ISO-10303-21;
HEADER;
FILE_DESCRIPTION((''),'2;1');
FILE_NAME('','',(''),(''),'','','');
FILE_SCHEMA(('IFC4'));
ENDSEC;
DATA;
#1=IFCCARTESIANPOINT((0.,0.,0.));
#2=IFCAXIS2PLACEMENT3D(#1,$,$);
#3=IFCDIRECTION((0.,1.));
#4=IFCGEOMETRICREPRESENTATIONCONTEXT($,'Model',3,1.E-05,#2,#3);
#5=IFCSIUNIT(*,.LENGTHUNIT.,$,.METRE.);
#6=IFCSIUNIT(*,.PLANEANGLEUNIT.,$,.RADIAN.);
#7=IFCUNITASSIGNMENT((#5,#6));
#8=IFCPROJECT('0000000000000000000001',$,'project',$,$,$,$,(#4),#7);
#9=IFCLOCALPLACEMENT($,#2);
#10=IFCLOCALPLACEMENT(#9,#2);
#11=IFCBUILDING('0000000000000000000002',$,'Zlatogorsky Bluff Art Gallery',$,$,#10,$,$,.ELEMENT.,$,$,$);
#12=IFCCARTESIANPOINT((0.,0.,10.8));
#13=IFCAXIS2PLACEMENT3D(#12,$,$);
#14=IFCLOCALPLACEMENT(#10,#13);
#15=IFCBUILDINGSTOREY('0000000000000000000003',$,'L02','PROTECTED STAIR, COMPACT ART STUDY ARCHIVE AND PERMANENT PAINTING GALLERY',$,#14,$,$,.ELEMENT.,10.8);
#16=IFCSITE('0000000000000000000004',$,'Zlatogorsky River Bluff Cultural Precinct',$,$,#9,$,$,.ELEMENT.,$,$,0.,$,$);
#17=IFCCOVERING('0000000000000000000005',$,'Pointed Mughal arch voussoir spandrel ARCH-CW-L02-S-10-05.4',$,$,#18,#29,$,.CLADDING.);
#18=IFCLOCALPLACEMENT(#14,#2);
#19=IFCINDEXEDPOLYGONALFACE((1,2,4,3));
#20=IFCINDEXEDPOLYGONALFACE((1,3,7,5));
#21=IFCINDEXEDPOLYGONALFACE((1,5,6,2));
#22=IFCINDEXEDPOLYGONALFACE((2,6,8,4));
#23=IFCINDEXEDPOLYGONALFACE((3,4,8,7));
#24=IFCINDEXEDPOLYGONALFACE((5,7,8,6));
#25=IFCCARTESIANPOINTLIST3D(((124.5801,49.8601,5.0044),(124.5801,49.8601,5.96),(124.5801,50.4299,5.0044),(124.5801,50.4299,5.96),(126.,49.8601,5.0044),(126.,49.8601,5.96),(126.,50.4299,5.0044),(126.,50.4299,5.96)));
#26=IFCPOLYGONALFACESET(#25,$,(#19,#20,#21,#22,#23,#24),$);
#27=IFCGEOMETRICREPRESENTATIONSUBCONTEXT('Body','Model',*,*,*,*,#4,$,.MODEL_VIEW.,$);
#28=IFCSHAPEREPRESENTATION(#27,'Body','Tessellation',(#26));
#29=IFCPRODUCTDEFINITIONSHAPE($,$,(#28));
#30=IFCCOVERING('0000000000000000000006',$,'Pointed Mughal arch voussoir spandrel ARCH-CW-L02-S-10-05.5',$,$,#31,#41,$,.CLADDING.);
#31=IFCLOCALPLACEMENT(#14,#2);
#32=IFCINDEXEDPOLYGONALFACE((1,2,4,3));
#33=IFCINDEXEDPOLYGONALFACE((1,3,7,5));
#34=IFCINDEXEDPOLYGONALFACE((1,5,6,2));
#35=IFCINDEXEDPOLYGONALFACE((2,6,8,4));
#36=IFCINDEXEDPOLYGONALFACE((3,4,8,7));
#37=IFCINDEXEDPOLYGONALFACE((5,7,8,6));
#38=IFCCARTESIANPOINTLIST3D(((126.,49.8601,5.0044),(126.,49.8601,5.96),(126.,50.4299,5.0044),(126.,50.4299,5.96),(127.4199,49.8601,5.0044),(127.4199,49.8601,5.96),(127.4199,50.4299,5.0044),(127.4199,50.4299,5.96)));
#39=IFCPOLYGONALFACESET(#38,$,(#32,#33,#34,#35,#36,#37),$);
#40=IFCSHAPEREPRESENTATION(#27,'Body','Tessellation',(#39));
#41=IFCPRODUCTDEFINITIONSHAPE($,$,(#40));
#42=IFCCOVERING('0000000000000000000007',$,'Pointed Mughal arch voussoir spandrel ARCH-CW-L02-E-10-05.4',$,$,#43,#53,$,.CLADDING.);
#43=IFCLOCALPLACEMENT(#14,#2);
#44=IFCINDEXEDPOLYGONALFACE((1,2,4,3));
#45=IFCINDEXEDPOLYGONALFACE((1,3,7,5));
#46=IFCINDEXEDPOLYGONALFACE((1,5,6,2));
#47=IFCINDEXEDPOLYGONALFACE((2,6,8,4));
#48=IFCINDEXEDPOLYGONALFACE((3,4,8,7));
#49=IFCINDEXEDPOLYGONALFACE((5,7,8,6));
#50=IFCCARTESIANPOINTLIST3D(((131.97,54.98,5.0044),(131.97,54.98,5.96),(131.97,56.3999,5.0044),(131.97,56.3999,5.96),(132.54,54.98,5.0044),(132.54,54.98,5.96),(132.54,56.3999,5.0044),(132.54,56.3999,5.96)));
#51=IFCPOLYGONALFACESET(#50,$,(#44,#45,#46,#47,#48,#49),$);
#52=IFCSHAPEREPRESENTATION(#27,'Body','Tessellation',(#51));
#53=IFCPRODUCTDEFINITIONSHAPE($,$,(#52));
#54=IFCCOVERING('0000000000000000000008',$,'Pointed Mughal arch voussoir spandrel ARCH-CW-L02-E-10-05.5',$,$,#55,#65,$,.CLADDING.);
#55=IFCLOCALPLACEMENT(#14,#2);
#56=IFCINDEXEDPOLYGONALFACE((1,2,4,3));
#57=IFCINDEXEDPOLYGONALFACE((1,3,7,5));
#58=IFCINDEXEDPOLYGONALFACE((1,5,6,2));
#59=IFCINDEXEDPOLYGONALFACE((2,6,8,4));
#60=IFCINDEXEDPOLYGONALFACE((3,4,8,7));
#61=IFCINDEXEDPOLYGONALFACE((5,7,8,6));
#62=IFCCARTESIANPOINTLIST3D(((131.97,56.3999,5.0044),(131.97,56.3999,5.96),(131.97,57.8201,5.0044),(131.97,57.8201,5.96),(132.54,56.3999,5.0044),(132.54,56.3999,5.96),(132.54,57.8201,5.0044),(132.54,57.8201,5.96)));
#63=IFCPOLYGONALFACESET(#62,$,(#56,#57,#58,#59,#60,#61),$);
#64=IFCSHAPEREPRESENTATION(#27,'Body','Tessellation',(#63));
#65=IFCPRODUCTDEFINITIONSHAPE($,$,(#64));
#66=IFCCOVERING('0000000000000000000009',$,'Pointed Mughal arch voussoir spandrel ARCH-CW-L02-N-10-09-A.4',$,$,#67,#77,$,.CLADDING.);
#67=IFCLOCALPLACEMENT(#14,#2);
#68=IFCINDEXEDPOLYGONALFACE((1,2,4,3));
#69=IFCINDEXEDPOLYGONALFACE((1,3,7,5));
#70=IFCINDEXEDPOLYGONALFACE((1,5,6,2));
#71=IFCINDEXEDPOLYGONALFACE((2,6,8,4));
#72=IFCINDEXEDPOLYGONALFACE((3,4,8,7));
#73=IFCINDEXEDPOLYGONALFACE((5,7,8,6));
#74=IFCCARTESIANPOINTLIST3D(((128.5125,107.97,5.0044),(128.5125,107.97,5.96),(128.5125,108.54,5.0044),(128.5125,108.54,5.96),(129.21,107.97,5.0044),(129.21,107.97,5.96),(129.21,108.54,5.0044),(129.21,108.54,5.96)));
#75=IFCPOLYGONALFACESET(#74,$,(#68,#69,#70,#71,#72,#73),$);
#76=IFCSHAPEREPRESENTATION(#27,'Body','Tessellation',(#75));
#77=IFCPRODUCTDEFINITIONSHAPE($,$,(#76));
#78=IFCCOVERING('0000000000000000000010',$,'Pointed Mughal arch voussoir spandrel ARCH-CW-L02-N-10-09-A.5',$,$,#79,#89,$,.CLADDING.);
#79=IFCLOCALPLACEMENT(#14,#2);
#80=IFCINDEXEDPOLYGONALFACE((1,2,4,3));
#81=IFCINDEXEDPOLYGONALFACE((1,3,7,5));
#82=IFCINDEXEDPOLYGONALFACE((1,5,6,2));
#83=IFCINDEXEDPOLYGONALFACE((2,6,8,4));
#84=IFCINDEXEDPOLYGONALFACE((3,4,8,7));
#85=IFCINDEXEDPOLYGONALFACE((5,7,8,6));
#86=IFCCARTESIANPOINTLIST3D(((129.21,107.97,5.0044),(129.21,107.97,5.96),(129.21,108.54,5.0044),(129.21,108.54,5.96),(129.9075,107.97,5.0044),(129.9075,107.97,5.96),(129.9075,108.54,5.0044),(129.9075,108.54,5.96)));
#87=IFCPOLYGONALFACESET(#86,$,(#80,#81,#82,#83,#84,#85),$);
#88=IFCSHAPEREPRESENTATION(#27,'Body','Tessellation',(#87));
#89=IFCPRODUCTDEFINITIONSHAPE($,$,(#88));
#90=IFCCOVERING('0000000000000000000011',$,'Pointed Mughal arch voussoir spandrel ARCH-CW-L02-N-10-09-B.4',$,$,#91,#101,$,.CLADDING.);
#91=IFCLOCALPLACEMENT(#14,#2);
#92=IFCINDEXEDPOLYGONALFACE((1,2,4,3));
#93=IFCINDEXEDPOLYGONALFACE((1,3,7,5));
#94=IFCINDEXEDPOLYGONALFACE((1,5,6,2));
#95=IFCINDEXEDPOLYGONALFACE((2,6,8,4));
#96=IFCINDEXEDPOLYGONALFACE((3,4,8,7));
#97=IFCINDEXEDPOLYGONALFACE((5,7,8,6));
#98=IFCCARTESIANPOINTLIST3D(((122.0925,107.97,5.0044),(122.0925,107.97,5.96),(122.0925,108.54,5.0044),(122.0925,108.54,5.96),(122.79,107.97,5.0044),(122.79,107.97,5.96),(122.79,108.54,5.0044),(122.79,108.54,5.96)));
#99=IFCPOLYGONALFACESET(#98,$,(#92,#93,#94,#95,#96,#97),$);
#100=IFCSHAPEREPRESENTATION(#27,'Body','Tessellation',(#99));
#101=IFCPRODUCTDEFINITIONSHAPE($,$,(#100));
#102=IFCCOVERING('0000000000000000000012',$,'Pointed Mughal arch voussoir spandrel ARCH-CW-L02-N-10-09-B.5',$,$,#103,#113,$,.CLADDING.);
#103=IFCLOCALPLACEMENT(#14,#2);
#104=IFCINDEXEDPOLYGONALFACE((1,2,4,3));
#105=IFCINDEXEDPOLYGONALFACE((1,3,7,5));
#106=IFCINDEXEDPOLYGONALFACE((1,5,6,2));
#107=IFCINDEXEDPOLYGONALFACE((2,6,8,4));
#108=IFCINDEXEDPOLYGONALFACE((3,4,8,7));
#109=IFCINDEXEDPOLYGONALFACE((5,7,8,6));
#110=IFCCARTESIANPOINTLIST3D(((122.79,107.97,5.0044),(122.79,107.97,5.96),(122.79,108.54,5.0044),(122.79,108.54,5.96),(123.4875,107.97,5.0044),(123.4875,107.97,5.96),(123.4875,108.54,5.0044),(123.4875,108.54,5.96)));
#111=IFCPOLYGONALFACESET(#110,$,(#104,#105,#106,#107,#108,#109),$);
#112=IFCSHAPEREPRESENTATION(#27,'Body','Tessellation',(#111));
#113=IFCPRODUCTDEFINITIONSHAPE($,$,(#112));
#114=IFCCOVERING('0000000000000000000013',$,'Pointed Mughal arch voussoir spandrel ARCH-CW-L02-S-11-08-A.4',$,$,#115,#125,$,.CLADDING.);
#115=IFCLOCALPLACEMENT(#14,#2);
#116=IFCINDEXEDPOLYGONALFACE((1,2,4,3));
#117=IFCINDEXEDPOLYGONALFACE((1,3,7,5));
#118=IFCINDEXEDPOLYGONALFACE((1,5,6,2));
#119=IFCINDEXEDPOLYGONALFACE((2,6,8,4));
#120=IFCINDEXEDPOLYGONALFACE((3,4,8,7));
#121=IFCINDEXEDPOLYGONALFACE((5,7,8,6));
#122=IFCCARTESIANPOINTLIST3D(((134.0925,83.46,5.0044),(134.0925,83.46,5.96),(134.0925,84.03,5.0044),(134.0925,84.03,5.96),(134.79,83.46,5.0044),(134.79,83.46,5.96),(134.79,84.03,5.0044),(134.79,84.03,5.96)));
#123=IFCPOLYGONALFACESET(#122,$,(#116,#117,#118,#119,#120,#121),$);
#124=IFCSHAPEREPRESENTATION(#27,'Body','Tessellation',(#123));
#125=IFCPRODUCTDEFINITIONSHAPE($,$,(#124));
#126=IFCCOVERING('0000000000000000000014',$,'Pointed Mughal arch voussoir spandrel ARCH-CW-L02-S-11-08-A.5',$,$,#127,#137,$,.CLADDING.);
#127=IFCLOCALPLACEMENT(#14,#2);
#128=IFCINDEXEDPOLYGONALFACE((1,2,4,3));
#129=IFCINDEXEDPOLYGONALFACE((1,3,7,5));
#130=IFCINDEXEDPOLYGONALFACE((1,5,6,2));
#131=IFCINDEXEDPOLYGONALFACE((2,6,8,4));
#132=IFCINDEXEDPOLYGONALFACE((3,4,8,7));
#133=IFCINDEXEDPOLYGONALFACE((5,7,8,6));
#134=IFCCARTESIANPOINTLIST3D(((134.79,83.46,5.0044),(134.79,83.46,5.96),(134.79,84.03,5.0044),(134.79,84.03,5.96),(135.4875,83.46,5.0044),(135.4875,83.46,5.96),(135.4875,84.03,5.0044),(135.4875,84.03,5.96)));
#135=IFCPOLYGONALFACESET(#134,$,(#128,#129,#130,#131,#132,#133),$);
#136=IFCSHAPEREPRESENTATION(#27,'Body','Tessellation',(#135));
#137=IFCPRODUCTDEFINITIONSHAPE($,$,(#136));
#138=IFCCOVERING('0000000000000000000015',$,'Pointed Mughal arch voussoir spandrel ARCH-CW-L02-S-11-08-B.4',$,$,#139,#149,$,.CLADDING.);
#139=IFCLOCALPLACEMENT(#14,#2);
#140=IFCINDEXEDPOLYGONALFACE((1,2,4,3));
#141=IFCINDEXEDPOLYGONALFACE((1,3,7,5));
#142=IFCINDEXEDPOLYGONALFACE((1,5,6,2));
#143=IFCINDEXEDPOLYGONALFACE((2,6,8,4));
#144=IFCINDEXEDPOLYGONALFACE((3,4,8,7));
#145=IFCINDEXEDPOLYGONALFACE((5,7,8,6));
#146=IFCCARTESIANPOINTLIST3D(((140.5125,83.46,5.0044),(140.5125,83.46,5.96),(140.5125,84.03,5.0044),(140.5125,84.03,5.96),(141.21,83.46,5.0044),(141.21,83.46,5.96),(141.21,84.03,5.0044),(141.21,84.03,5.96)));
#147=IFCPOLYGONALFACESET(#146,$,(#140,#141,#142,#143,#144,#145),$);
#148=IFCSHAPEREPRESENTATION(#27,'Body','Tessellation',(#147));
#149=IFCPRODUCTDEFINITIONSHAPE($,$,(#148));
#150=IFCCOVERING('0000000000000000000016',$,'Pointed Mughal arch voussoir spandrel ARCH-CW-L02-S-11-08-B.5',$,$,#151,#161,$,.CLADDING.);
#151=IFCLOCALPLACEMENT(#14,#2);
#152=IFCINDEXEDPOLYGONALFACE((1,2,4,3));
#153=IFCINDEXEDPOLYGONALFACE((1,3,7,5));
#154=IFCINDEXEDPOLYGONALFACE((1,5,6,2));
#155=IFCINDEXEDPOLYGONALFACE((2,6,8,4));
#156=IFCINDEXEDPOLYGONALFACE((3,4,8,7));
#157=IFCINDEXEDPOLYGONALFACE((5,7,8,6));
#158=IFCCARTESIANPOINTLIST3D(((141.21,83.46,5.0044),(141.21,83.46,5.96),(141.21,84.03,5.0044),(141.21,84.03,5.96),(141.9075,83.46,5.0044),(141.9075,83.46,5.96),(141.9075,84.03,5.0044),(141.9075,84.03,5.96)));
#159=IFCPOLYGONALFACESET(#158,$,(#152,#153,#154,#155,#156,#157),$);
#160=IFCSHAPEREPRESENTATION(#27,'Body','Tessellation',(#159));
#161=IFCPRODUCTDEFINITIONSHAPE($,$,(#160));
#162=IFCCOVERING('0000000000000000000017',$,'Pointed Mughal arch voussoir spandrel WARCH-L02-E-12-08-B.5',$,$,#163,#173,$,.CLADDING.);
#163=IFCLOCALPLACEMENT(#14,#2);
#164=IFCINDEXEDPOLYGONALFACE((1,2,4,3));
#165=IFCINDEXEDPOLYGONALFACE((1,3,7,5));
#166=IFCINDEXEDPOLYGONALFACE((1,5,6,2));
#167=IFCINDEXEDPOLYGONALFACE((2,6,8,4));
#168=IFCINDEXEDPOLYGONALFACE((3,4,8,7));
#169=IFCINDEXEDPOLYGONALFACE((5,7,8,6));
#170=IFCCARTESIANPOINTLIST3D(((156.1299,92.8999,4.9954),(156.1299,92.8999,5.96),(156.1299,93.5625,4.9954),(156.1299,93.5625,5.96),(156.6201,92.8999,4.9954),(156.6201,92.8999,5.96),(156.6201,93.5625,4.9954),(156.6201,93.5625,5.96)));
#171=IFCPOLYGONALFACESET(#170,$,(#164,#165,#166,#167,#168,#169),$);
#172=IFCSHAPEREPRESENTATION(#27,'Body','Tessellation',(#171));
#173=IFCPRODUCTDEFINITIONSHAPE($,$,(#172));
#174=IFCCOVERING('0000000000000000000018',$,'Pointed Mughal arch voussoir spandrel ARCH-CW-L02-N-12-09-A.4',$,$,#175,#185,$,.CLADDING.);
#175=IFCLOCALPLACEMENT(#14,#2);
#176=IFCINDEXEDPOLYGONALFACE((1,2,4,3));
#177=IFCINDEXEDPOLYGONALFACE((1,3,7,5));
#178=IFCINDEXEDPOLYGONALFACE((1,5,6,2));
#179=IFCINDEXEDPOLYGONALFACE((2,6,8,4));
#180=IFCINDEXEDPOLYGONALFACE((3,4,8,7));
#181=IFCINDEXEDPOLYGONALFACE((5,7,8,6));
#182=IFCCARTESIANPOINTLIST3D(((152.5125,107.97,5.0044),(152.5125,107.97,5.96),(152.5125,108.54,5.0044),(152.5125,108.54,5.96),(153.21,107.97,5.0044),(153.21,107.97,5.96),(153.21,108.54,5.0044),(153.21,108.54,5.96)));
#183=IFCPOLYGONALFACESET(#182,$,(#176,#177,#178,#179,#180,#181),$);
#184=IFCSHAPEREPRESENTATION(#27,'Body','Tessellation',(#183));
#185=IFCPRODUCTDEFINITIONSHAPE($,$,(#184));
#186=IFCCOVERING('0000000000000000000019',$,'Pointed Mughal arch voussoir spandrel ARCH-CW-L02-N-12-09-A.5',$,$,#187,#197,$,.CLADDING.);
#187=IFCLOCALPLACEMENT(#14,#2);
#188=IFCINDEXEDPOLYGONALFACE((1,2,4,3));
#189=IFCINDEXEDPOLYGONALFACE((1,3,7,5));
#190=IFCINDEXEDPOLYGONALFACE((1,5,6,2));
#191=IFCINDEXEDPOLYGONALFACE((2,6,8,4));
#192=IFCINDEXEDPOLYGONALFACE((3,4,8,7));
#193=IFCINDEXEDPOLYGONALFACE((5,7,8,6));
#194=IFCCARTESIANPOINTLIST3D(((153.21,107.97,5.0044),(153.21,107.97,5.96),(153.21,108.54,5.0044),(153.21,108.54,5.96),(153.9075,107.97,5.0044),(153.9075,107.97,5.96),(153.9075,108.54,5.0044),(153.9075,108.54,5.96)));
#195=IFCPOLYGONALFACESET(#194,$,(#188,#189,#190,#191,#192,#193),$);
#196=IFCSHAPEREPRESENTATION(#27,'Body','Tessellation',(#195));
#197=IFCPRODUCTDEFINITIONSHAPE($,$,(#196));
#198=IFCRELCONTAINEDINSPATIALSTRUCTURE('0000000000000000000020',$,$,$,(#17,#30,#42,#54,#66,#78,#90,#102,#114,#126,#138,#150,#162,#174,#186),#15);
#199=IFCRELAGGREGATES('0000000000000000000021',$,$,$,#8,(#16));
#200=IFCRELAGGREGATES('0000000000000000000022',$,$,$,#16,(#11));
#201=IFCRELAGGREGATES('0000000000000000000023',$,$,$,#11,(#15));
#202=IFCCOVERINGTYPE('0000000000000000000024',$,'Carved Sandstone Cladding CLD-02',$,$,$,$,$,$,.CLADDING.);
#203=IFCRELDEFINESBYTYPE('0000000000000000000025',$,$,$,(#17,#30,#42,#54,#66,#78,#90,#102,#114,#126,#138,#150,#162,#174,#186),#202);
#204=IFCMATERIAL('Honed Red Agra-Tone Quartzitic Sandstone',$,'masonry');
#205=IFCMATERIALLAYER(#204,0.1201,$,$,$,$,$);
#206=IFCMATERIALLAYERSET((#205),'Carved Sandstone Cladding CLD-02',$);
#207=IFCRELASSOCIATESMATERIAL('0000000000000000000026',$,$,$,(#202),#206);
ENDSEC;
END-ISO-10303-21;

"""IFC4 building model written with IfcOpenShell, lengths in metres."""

from ifc_helpers import new_model, si_unit, direction, frame, origin, place, context, subcontext, project, spatial, polyline, outline, extrude, material, layer, layer_set, type_object, element, save


model = new_model("IFC4")

# Units and contexts
model_context = context("Model", 3, precision=1e-05, world=origin(), true_north=direction((0.0, 1.0)))
body_context = subcontext(model_context, "Body", "Model", "MODEL_VIEW")
ifc_project = project(units=[si_unit("LENGTHUNIT", "METRE"), si_unit("PLANEANGLEUNIT", "RADIAN")], contexts=[model_context])

# Site, building, storey
site_placement = place(None, origin())
site = spatial("IfcSite", under=ifc_project, at=site_placement, Name="Zlatogorsky River Bluff Cultural Precinct", CompositionType="ELEMENT", RefElevation=0.0)
building_placement = place(site_placement, origin())
building = spatial("IfcBuilding", under=site, at=building_placement, Name="Zlatogorsky Bluff Art Gallery", CompositionType="ELEMENT")
storey_placement = place(building_placement, frame((0.0, 0.0, 10.8)))
storey = spatial("IfcBuildingStorey", under=building, at=storey_placement, Name="L02", Description="PROTECTED STAIR, COMPACT ART STUDY ARCHIVE AND PERMANENT PAINTING GALLERY", CompositionType="ELEMENT", Elevation=10.8)

# Coverings
ifc_material = material(Name="Honed Red Agra-Tone Quartzitic Sandstone", Category="masonry")
ifc_layer = layer(ifc_material, 0.1201)
ifc_layer_set = layer_set([ifc_layer], Name="Carved Sandstone Cladding CLD-02")
covering_type = type_object("IfcCoveringType", Name="Carved Sandstone Cladding CLD-02", PredefinedType="CLADDING", material=ifc_layer_set)
covering_1_placement = place(storey_placement, frame((0.0, 0.0, 5.0044)))
element("IfcCovering", 1, at=covering_1_placement, inside=storey, type_object=covering_type, Name="Pointed Mughal arch voussoir spandrel ARCH-CW-L02-S-10-05.4", PredefinedType="CLADDING", context=body_context, shape_type="SweptSolid", body=[
    extrude(outline(polyline([(124.5801, 49.8601), (126.0, 49.8601), (126.0, 50.4299), (124.5801, 50.4299), (124.5801, 49.8601)])), origin(), (0.0, 0.0, 1.0), 0.9556),
])
covering_2_placement = place(storey_placement, frame((0.0, 0.0, 5.0044)))
element("IfcCovering", 2, at=covering_2_placement, inside=storey, type_object=covering_type, Name="Pointed Mughal arch voussoir spandrel ARCH-CW-L02-S-10-05.5", PredefinedType="CLADDING", context=body_context, shape_type="SweptSolid", body=[
    extrude(outline(polyline([(126.0, 49.8601), (127.4199, 49.8601), (127.4199, 50.4299), (126.0, 50.4299), (126.0, 49.8601)])), origin(), (0.0, 0.0, 1.0), 0.9556),
])
covering_3_placement = place(storey_placement, frame((0.0, 0.0, 5.0044)))
element("IfcCovering", 3, at=covering_3_placement, inside=storey, type_object=covering_type, Name="Pointed Mughal arch voussoir spandrel ARCH-CW-L02-E-10-05.4", PredefinedType="CLADDING", context=body_context, shape_type="SweptSolid", body=[
    extrude(outline(polyline([(131.97, 54.98), (131.97, 56.3999), (132.54, 56.3999), (132.54, 54.98), (131.97, 54.98)])), origin(), (0.0, 0.0, 1.0), 0.9556),
])
covering_4_placement = place(storey_placement, frame((0.0, 0.0, 5.0044)))
element("IfcCovering", 4, at=covering_4_placement, inside=storey, type_object=covering_type, Name="Pointed Mughal arch voussoir spandrel ARCH-CW-L02-E-10-05.5", PredefinedType="CLADDING", context=body_context, shape_type="SweptSolid", body=[
    extrude(outline(polyline([(131.97, 56.3999), (131.97, 57.8201), (132.54, 57.8201), (132.54, 56.3999), (131.97, 56.3999)])), origin(), (0.0, 0.0, 1.0), 0.9556),
])
covering_5_placement = place(storey_placement, frame((0.0, 0.0, 5.0044)))
element("IfcCovering", 5, at=covering_5_placement, inside=storey, type_object=covering_type, Name="Pointed Mughal arch voussoir spandrel ARCH-CW-L02-N-10-09-A.4", PredefinedType="CLADDING", context=body_context, shape_type="SweptSolid", body=[
    extrude(outline(polyline([(128.5125, 107.97), (129.21, 107.97), (129.21, 108.54), (128.5125, 108.54), (128.5125, 107.97)])), origin(), (0.0, 0.0, 1.0), 0.9556),
])
covering_6_placement = place(storey_placement, frame((0.0, 0.0, 5.0044)))
element("IfcCovering", 6, at=covering_6_placement, inside=storey, type_object=covering_type, Name="Pointed Mughal arch voussoir spandrel ARCH-CW-L02-N-10-09-A.5", PredefinedType="CLADDING", context=body_context, shape_type="SweptSolid", body=[
    extrude(outline(polyline([(129.21, 107.97), (129.9075, 107.97), (129.9075, 108.54), (129.21, 108.54), (129.21, 107.97)])), origin(), (0.0, 0.0, 1.0), 0.9556),
])
covering_7_placement = place(storey_placement, frame((0.0, 0.0, 5.0044)))
element("IfcCovering", 7, at=covering_7_placement, inside=storey, type_object=covering_type, Name="Pointed Mughal arch voussoir spandrel ARCH-CW-L02-N-10-09-B.4", PredefinedType="CLADDING", context=body_context, shape_type="SweptSolid", body=[
    extrude(outline(polyline([(122.0925, 107.97), (122.79, 107.97), (122.79, 108.54), (122.0925, 108.54), (122.0925, 107.97)])), origin(), (0.0, 0.0, 1.0), 0.9556),
])
covering_8_placement = place(storey_placement, frame((0.0, 0.0, 5.0044)))
element("IfcCovering", 8, at=covering_8_placement, inside=storey, type_object=covering_type, Name="Pointed Mughal arch voussoir spandrel ARCH-CW-L02-N-10-09-B.5", PredefinedType="CLADDING", context=body_context, shape_type="SweptSolid", body=[
    extrude(outline(polyline([(122.79, 107.97), (123.4875, 107.97), (123.4875, 108.54), (122.79, 108.54), (122.79, 107.97)])), origin(), (0.0, 0.0, 1.0), 0.9556),
])
covering_9_placement = place(storey_placement, frame((0.0, 0.0, 5.0044)))
element("IfcCovering", 9, at=covering_9_placement, inside=storey, type_object=covering_type, Name="Pointed Mughal arch voussoir spandrel ARCH-CW-L02-S-11-08-A.4", PredefinedType="CLADDING", context=body_context, shape_type="SweptSolid", body=[
    extrude(outline(polyline([(134.0925, 83.46), (134.79, 83.46), (134.79, 84.03), (134.0925, 84.03), (134.0925, 83.46)])), origin(), (0.0, 0.0, 1.0), 0.9556),
])
covering_10_placement = place(storey_placement, frame((0.0, 0.0, 5.0044)))
element("IfcCovering", 10, at=covering_10_placement, inside=storey, type_object=covering_type, Name="Pointed Mughal arch voussoir spandrel ARCH-CW-L02-S-11-08-A.5", PredefinedType="CLADDING", context=body_context, shape_type="SweptSolid", body=[
    extrude(outline(polyline([(134.79, 83.46), (135.4875, 83.46), (135.4875, 84.03), (134.79, 84.03), (134.79, 83.46)])), origin(), (0.0, 0.0, 1.0), 0.9556),
])
covering_11_placement = place(storey_placement, frame((0.0, 0.0, 5.0044)))
element("IfcCovering", 11, at=covering_11_placement, inside=storey, type_object=covering_type, Name="Pointed Mughal arch voussoir spandrel ARCH-CW-L02-S-11-08-B.4", PredefinedType="CLADDING", context=body_context, shape_type="SweptSolid", body=[
    extrude(outline(polyline([(140.5125, 83.46), (141.21, 83.46), (141.21, 84.03), (140.5125, 84.03), (140.5125, 83.46)])), origin(), (0.0, 0.0, 1.0), 0.9556),
])
covering_12_placement = place(storey_placement, frame((0.0, 0.0, 5.0044)))
element("IfcCovering", 12, at=covering_12_placement, inside=storey, type_object=covering_type, Name="Pointed Mughal arch voussoir spandrel ARCH-CW-L02-S-11-08-B.5", PredefinedType="CLADDING", context=body_context, shape_type="SweptSolid", body=[
    extrude(outline(polyline([(141.21, 83.46), (141.9075, 83.46), (141.9075, 84.03), (141.21, 84.03), (141.21, 83.46)])), origin(), (0.0, 0.0, 1.0), 0.9556),
])
covering_13_placement = place(storey_placement, frame((0.0, 0.0, 4.9954)))
element("IfcCovering", 13, at=covering_13_placement, inside=storey, type_object=covering_type, Name="Pointed Mughal arch voussoir spandrel WARCH-L02-E-12-08-B.5", PredefinedType="CLADDING", context=body_context, shape_type="SweptSolid", body=[
    extrude(outline(polyline([(156.1299, 92.8999), (156.1299, 93.5625), (156.6201, 93.5625), (156.6201, 92.8999), (156.1299, 92.8999)])), origin(), (0.0, 0.0, 1.0), 0.9646),
])
covering_14_placement = place(storey_placement, frame((0.0, 0.0, 5.0044)))
element("IfcCovering", 14, at=covering_14_placement, inside=storey, type_object=covering_type, Name="Pointed Mughal arch voussoir spandrel ARCH-CW-L02-N-12-09-A.4", PredefinedType="CLADDING", context=body_context, shape_type="SweptSolid", body=[
    extrude(outline(polyline([(152.5125, 107.97), (153.21, 107.97), (153.21, 108.54), (152.5125, 108.54), (152.5125, 107.97)])), origin(), (0.0, 0.0, 1.0), 0.9556),
])
covering_15_placement = place(storey_placement, frame((0.0, 0.0, 5.0044)))
element("IfcCovering", 15, at=covering_15_placement, inside=storey, type_object=covering_type, Name="Pointed Mughal arch voussoir spandrel ARCH-CW-L02-N-12-09-A.5", PredefinedType="CLADDING", context=body_context, shape_type="SweptSolid", body=[
    extrude(outline(polyline([(153.21, 107.97), (153.9075, 107.97), (153.9075, 108.54), (153.21, 108.54), (153.21, 107.97)])), origin(), (0.0, 0.0, 1.0), 0.9556),
])

save(model, "model.ifc")
